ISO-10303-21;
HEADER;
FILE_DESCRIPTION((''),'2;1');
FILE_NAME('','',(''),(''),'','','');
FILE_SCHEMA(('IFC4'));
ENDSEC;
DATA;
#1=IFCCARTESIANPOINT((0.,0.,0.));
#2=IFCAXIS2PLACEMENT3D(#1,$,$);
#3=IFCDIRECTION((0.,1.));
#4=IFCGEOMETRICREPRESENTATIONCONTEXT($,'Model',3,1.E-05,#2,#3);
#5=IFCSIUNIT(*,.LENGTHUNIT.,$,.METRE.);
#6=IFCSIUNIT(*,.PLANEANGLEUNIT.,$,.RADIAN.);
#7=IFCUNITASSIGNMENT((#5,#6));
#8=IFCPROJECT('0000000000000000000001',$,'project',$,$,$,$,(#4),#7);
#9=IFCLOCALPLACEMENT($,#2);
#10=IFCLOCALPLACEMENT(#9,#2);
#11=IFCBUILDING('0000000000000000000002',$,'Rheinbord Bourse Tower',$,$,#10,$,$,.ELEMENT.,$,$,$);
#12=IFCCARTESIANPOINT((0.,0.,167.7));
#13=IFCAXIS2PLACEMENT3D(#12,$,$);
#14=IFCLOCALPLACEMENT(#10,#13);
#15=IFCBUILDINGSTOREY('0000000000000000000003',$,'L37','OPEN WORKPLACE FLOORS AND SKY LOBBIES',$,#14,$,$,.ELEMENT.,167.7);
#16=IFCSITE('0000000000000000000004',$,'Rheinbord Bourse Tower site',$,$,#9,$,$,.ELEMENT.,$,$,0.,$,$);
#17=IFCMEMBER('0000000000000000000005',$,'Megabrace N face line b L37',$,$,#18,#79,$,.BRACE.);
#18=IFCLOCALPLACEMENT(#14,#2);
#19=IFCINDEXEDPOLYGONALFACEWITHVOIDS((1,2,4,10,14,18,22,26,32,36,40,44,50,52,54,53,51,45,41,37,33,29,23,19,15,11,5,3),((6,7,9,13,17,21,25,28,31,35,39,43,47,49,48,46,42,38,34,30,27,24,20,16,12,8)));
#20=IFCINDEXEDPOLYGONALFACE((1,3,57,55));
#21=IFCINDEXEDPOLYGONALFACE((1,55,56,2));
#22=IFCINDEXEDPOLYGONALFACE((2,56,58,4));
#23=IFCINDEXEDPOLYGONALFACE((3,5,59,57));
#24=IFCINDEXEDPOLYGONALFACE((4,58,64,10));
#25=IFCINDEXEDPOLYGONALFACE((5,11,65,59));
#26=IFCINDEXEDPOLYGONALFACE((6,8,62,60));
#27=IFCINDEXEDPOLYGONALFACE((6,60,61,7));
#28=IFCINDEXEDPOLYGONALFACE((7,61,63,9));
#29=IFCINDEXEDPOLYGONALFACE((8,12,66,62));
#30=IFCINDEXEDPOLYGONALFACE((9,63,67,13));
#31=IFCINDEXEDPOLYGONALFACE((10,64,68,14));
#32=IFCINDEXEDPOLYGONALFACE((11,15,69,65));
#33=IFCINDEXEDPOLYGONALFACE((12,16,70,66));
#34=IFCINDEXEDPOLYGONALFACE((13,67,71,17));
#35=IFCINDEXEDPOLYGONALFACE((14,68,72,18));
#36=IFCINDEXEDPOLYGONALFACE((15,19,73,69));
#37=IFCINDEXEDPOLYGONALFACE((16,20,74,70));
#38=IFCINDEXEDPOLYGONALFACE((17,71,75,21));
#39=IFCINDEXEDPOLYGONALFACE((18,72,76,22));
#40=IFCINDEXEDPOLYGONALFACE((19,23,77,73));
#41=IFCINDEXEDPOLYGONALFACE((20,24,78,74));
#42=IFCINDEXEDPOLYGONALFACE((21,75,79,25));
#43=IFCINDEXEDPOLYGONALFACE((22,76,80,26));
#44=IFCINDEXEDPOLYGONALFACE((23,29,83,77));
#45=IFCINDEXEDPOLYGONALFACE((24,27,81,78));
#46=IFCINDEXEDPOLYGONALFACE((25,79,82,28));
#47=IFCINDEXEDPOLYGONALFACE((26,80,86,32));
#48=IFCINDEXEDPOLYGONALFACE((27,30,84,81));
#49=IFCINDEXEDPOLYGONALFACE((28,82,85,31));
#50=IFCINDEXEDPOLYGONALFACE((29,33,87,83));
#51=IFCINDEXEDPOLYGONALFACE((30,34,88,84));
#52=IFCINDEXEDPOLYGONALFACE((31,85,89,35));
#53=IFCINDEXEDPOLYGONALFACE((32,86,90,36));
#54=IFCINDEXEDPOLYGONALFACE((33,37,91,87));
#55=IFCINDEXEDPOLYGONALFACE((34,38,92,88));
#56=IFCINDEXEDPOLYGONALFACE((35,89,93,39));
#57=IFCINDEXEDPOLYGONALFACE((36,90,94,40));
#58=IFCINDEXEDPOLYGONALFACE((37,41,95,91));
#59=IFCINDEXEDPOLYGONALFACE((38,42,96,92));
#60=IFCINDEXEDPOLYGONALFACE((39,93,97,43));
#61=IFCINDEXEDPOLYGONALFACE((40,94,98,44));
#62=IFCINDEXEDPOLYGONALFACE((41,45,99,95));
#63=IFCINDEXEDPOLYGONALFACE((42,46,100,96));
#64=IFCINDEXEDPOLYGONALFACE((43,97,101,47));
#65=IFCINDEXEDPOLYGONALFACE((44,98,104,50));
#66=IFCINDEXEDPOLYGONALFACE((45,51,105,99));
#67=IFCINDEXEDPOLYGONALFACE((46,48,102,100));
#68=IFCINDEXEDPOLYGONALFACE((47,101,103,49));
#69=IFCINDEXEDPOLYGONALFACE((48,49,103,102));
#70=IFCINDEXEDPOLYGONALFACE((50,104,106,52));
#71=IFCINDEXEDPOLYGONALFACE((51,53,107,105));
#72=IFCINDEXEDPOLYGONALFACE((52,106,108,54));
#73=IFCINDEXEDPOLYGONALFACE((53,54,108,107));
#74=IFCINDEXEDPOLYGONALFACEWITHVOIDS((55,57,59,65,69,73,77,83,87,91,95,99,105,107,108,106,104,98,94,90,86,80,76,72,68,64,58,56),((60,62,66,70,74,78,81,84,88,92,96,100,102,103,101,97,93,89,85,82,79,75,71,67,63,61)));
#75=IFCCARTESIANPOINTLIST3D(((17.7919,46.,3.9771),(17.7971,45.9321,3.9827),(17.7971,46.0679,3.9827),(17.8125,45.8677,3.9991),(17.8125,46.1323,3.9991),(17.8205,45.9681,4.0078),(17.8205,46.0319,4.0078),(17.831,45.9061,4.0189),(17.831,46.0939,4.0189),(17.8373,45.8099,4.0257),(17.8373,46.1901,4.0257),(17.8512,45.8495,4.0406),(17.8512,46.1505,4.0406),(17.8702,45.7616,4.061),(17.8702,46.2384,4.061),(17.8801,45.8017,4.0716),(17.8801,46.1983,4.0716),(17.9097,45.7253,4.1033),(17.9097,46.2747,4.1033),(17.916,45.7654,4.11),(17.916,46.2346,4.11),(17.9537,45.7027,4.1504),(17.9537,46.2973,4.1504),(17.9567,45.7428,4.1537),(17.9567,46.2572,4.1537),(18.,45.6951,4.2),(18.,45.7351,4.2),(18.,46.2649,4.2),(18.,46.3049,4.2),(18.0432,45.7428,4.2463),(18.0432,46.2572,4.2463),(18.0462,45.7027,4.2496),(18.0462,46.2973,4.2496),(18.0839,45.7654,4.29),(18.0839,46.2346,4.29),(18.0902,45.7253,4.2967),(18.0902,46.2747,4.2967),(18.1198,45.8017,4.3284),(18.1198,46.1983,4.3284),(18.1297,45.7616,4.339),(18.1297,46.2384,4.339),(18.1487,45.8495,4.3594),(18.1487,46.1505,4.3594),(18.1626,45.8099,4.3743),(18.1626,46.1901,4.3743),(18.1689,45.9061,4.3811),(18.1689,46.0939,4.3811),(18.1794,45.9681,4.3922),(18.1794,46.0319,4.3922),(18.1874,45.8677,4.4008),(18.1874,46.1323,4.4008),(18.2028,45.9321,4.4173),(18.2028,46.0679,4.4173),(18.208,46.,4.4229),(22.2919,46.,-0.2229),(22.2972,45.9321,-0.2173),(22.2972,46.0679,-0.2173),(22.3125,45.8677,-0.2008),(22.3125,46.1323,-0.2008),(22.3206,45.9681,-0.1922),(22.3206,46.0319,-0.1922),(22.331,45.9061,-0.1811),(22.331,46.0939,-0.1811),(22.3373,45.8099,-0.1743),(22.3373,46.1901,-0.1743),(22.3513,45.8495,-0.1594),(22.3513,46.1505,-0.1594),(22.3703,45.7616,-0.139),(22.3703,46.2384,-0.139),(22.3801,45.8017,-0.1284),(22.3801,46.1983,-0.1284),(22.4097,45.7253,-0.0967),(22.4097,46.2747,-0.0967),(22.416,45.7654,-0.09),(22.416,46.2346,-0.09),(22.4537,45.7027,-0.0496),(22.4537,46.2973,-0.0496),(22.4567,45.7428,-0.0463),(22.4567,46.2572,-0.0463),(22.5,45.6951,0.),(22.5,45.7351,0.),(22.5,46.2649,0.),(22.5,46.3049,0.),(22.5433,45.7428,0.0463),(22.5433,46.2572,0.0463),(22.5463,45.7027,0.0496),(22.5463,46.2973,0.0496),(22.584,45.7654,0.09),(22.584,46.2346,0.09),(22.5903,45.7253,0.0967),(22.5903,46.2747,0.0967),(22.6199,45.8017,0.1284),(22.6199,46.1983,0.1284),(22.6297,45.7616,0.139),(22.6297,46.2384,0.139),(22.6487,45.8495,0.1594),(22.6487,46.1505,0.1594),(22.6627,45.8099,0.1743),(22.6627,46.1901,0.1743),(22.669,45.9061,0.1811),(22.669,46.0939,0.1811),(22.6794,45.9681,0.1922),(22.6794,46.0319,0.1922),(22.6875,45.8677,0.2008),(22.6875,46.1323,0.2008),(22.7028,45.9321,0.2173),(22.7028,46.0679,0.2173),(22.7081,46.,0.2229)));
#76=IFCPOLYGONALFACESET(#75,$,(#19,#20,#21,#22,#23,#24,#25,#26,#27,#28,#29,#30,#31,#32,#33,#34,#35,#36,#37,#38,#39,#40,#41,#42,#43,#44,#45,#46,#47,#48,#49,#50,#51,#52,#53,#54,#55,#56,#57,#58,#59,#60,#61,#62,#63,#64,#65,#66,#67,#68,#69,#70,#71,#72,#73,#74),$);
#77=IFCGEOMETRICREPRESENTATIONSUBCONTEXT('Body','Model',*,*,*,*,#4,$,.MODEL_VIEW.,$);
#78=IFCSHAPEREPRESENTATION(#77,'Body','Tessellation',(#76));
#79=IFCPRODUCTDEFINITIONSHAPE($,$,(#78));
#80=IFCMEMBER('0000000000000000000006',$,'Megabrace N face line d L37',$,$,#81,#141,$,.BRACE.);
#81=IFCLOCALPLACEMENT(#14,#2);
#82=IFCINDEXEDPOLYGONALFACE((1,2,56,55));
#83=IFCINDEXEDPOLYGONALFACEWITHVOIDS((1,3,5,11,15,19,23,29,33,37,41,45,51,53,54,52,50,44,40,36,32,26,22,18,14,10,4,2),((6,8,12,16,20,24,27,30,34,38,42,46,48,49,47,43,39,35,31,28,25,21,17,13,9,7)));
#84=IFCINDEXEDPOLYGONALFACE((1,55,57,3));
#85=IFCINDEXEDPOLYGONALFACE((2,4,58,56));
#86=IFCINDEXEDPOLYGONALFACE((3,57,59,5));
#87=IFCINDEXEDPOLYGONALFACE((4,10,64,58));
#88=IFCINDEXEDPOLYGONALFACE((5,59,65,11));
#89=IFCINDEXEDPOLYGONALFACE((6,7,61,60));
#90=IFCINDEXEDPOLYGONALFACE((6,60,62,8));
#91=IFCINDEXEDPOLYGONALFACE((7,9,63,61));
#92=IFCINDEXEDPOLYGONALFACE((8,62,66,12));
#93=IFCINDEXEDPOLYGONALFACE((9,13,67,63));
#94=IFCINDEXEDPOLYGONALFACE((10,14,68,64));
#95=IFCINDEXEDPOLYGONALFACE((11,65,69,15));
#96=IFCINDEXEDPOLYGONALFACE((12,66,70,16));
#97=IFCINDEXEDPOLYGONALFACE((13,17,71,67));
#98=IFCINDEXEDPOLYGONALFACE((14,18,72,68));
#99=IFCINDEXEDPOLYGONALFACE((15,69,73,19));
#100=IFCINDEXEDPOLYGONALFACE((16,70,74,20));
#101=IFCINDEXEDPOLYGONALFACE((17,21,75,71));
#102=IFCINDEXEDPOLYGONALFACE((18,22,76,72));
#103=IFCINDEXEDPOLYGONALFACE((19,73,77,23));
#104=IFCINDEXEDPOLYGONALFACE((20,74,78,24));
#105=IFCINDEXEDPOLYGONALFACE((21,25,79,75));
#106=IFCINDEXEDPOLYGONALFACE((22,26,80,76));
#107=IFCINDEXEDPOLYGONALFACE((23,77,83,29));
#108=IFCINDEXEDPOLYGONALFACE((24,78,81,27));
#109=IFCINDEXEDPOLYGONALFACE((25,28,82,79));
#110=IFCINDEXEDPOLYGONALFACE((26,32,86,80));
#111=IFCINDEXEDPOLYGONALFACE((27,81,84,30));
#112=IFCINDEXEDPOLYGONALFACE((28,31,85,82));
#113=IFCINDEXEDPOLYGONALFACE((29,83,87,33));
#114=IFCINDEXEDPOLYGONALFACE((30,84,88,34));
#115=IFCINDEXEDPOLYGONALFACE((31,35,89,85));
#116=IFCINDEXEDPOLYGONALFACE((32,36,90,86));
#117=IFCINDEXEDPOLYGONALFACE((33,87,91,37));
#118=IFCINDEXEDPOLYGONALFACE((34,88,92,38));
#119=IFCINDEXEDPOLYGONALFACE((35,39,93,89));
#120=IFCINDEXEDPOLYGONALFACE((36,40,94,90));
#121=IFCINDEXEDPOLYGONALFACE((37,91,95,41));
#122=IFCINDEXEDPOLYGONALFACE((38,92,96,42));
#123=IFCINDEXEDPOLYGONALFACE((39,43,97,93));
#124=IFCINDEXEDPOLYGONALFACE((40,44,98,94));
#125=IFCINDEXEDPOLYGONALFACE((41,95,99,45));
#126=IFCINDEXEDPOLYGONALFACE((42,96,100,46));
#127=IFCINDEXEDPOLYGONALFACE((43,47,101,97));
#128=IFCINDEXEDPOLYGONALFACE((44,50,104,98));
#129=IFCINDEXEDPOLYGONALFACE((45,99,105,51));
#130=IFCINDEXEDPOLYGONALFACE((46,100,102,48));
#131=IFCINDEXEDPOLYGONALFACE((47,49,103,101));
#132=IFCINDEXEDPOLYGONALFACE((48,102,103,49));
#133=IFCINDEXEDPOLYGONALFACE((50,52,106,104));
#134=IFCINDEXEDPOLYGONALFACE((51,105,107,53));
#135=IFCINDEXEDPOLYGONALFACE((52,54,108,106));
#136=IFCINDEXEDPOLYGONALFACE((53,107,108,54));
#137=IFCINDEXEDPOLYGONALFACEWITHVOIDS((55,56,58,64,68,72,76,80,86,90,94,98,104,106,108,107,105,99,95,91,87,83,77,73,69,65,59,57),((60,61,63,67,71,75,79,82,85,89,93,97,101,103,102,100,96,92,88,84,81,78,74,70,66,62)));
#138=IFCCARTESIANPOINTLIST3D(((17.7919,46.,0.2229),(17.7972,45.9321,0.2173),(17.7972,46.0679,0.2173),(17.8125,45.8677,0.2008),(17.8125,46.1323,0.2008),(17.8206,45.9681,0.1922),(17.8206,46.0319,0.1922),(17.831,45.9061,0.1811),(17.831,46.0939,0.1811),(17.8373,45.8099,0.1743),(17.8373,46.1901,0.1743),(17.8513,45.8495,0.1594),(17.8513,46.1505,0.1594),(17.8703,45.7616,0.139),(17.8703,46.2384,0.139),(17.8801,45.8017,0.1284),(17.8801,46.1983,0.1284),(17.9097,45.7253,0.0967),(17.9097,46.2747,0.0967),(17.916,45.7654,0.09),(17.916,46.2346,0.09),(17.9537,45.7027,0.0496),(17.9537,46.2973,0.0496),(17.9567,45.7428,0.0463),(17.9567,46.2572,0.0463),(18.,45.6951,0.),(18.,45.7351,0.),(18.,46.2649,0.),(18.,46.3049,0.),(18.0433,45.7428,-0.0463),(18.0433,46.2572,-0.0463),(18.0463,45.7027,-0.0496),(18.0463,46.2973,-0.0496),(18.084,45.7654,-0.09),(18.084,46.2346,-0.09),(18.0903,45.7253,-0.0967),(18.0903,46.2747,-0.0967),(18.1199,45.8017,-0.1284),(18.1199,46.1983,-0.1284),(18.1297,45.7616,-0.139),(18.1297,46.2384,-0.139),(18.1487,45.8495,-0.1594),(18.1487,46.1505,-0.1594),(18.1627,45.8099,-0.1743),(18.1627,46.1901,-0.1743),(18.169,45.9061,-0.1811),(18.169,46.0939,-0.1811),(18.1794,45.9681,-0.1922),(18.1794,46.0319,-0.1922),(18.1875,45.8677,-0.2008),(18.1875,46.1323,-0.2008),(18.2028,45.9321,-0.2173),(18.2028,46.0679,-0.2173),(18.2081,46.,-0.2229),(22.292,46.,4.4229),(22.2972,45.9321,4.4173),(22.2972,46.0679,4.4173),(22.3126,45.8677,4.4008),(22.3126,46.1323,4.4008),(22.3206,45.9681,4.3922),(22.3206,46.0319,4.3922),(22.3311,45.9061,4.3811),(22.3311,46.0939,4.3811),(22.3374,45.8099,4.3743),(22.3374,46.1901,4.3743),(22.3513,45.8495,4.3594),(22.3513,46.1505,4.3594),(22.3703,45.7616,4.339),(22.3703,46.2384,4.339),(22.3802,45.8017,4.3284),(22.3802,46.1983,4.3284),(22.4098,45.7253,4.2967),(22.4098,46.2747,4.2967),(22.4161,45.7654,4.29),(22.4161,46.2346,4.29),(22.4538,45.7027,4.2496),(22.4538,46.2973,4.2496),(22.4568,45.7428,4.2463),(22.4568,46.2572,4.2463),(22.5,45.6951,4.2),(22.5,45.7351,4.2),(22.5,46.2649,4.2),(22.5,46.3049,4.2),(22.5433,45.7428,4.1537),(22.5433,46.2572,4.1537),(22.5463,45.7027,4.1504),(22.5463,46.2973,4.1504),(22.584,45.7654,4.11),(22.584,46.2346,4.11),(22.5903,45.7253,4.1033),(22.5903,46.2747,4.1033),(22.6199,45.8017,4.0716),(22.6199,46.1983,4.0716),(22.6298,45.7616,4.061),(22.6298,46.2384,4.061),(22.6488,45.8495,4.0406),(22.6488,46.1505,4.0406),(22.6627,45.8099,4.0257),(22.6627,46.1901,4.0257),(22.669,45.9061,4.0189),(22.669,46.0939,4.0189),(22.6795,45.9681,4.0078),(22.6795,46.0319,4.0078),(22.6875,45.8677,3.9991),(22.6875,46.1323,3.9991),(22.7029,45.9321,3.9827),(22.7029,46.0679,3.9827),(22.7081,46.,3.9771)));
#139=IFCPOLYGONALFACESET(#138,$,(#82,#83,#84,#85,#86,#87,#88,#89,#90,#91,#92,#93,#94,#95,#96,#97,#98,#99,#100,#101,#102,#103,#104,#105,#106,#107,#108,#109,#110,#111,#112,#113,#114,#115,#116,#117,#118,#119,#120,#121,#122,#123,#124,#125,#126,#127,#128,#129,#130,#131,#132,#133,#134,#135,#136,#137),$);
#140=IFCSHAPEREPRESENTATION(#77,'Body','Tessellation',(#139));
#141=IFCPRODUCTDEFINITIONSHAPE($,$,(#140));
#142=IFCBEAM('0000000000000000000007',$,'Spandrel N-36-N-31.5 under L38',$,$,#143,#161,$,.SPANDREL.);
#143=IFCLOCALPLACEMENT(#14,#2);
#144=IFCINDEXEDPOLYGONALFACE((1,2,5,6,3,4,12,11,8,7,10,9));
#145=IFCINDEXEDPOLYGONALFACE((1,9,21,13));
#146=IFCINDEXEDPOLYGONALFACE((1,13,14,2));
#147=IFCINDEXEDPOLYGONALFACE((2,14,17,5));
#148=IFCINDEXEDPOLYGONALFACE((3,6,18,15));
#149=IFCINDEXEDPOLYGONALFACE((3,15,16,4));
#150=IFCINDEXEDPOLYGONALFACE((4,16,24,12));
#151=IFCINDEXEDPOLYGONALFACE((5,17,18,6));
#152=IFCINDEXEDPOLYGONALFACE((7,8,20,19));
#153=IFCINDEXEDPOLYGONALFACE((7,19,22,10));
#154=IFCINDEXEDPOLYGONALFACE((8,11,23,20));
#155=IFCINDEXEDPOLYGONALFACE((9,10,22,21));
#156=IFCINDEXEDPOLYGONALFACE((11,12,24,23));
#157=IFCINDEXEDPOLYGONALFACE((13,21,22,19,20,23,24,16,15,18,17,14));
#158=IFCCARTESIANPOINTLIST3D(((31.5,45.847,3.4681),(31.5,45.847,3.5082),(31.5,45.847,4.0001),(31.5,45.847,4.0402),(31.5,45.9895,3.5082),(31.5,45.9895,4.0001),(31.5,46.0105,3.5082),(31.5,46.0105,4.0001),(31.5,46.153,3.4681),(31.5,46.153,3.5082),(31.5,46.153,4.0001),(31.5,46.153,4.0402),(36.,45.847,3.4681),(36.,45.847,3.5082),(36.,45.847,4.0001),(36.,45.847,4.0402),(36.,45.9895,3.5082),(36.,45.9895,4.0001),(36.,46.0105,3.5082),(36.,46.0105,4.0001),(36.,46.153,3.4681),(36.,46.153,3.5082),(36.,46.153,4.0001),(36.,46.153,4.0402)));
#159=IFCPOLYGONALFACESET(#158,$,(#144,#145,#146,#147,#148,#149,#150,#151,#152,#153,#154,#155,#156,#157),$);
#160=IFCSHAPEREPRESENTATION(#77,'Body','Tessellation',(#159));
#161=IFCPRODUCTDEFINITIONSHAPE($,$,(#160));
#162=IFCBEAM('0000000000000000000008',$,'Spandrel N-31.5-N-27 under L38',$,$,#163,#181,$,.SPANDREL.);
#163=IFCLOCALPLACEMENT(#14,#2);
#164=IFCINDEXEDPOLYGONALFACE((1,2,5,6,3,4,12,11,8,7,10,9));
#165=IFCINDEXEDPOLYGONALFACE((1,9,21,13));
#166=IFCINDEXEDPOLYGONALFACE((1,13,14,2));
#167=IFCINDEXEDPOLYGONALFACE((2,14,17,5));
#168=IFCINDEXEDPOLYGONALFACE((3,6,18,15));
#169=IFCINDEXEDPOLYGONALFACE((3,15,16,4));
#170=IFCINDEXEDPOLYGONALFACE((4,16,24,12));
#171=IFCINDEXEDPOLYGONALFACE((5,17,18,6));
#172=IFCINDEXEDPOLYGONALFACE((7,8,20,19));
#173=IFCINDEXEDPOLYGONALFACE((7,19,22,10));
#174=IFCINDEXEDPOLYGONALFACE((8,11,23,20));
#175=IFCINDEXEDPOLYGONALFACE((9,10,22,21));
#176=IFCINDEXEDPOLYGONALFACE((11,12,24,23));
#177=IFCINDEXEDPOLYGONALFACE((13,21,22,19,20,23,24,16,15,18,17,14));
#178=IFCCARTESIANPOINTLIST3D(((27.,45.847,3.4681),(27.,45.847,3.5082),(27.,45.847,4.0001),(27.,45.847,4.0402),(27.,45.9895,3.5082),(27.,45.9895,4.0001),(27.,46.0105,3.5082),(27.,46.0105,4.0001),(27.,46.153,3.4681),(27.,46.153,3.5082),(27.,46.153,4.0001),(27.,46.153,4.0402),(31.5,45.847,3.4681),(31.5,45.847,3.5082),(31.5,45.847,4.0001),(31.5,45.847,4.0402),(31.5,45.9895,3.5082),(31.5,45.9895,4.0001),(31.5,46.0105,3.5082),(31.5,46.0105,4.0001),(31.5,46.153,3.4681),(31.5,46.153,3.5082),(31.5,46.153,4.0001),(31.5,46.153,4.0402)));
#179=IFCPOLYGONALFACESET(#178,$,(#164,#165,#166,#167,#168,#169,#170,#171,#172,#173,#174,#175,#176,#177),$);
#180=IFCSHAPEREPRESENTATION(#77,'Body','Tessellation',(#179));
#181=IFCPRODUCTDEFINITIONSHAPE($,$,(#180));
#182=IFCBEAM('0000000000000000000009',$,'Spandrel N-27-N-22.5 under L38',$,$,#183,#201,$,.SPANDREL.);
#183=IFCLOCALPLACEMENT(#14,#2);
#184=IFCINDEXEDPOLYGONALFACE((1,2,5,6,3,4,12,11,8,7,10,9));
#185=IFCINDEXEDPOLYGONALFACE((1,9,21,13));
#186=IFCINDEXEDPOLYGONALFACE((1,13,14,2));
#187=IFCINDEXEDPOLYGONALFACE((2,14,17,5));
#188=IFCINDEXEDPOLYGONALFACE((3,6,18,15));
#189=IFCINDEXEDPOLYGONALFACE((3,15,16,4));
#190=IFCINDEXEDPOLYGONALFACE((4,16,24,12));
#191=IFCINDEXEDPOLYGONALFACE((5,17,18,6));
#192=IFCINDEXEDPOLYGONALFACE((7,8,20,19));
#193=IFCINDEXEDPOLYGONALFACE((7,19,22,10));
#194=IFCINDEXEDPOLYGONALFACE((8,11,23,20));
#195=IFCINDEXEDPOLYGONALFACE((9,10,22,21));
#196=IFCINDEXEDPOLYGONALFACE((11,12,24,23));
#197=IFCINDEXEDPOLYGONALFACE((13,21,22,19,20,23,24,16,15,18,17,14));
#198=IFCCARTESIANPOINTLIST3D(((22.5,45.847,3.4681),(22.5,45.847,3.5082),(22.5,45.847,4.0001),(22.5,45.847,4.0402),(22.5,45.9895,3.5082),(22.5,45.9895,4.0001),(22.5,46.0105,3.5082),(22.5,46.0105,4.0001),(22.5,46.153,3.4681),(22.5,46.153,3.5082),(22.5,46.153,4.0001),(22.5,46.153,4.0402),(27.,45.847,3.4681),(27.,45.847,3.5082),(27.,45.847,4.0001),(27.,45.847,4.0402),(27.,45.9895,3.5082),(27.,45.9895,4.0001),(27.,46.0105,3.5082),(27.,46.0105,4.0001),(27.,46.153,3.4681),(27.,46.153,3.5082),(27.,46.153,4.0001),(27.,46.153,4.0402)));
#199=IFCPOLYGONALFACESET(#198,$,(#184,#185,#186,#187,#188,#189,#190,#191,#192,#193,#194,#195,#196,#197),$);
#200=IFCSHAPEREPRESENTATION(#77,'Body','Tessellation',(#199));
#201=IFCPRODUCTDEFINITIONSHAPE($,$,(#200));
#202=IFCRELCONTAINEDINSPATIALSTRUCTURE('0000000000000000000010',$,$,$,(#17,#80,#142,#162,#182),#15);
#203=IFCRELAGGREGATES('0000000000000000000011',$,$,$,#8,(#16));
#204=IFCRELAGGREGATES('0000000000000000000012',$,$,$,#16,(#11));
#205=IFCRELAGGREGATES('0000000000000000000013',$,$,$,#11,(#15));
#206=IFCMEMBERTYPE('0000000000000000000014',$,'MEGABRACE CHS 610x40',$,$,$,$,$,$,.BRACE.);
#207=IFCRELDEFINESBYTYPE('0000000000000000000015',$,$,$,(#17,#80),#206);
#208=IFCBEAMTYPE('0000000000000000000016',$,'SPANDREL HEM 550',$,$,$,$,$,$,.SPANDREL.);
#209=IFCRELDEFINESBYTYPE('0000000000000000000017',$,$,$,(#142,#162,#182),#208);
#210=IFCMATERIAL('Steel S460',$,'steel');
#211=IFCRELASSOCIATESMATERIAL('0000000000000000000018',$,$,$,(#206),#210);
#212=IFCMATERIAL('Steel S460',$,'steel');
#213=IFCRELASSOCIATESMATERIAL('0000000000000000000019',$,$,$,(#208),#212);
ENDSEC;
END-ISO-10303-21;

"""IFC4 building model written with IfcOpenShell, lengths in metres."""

from ifc_helpers import new_model, si_unit, direction, frame, origin, origin_2d, place, context, subcontext, project, spatial, hollow_circle, i_section, extrude, material, material_profile, profile_set, type_object, element, save


model = new_model("IFC4")

# Units and contexts
model_context = context("Model", 3, precision=1e-05, world=origin(), true_north=direction((0.0, 1.0)))
body_context = subcontext(model_context, "Body", "Model", "MODEL_VIEW")
ifc_project = project(units=[si_unit("LENGTHUNIT", "METRE"), si_unit("PLANEANGLEUNIT", "RADIAN")], contexts=[model_context])

# Site, building, storey
site_placement = place(None, origin())
site = spatial("IfcSite", under=ifc_project, at=site_placement, Name="Rheinbord Bourse Tower site", CompositionType="ELEMENT", RefElevation=0.0)
building_placement = place(site_placement, origin())
building = spatial("IfcBuilding", under=site, at=building_placement, Name="Rheinbord Bourse Tower", CompositionType="ELEMENT")
storey_placement = place(building_placement, frame((0.0, 0.0, 167.7)))
storey = spatial("IfcBuildingStorey", under=building, at=storey_placement, Name="L37", Description="OPEN WORKPLACE FLOORS AND SKY LOBBIES", CompositionType="ELEMENT", Elevation=167.7)

# Members
ifc_material_1 = material(Name="Steel S460", Category="steel")
ifc_material_profile_1 = material_profile(ifc_material_1, hollow_circle(Radius=0.3049, WallThickness=0.04, at=origin_2d()), Name="CHS 610x40")
ifc_profile_set_1 = profile_set([ifc_material_profile_1], Name="Steel S460")
member_type_1 = type_object("IfcMemberType", Name="MEGABRACE CHS 610x40", PredefinedType="BRACE", material=ifc_profile_set_1)
for number, where, z_axis, x_axis, name in (
    (1, (22.5, 46.0, 0.0), (-0.731059, 0.0, 0.682314), (0.0, -1.0, 0.0), "Megabrace N face line b L37"),
    (2, (18.0, 46.0, 0.0), (0.731059, 0.0, 0.682314), (0.0, 1.0, 0.0), "Megabrace N face line d L37"),
):
    element("IfcMember", number, at=place(storey_placement, frame(where, z_axis=z_axis, x_axis=x_axis)), inside=storey, type_object=member_type_1, Name=name, PredefinedType="BRACE", context=body_context, shape_type="SweptSolid", body=[
        extrude(hollow_circle(Radius=0.3049, WallThickness=0.04, at=origin_2d()), origin(), (0.0, 0.0, 1.0), 6.1555),
    ])

# Beams
ifc_material_2 = material(Name="Steel S460", Category="steel")
ifc_material_profile_2 = material_profile(ifc_material_2, i_section(OverallWidth=0.3059, OverallDepth=0.572, WebThickness=0.021, FlangeThickness=0.04, at=origin_2d()), Name="HEM 550")
ifc_profile_set_2 = profile_set([ifc_material_profile_2], Name="Steel S460")
beam_type_1 = type_object("IfcBeamType", Name="SPANDREL HEM 550", PredefinedType="SPANDREL", material=ifc_profile_set_2)
for number, where, z_axis, x_axis, name in (
    (3, (36.0, 46.0, 3.7542), (-1.0, 0.0, 0.0), (0.0, -1.0, 0.0), "Spandrel N-36-N-31.5 under L38"),
    (4, (31.5, 46.0, 3.7542), (-1.0, 0.0, 0.0), (0.0, -1.0, 0.0), "Spandrel N-31.5-N-27 under L38"),
    (5, (27.0, 46.0, 3.7542), (-1.0, 0.0, 0.0), (0.0, -1.0, 0.0), "Spandrel N-27-N-22.5 under L38"),
):
    element("IfcBeam", number, at=place(storey_placement, frame(where, z_axis=z_axis, x_axis=x_axis)), inside=storey, type_object=beam_type_1, Name=name, PredefinedType="SPANDREL", context=body_context, shape_type="SweptSolid", body=[
        extrude(i_section(OverallWidth=0.3059, OverallDepth=0.572, WebThickness=0.021, FlangeThickness=0.04, at=origin_2d()), origin(), (0.0, 0.0, 1.0), 4.5),
    ])

save(model, "model.ifc")
